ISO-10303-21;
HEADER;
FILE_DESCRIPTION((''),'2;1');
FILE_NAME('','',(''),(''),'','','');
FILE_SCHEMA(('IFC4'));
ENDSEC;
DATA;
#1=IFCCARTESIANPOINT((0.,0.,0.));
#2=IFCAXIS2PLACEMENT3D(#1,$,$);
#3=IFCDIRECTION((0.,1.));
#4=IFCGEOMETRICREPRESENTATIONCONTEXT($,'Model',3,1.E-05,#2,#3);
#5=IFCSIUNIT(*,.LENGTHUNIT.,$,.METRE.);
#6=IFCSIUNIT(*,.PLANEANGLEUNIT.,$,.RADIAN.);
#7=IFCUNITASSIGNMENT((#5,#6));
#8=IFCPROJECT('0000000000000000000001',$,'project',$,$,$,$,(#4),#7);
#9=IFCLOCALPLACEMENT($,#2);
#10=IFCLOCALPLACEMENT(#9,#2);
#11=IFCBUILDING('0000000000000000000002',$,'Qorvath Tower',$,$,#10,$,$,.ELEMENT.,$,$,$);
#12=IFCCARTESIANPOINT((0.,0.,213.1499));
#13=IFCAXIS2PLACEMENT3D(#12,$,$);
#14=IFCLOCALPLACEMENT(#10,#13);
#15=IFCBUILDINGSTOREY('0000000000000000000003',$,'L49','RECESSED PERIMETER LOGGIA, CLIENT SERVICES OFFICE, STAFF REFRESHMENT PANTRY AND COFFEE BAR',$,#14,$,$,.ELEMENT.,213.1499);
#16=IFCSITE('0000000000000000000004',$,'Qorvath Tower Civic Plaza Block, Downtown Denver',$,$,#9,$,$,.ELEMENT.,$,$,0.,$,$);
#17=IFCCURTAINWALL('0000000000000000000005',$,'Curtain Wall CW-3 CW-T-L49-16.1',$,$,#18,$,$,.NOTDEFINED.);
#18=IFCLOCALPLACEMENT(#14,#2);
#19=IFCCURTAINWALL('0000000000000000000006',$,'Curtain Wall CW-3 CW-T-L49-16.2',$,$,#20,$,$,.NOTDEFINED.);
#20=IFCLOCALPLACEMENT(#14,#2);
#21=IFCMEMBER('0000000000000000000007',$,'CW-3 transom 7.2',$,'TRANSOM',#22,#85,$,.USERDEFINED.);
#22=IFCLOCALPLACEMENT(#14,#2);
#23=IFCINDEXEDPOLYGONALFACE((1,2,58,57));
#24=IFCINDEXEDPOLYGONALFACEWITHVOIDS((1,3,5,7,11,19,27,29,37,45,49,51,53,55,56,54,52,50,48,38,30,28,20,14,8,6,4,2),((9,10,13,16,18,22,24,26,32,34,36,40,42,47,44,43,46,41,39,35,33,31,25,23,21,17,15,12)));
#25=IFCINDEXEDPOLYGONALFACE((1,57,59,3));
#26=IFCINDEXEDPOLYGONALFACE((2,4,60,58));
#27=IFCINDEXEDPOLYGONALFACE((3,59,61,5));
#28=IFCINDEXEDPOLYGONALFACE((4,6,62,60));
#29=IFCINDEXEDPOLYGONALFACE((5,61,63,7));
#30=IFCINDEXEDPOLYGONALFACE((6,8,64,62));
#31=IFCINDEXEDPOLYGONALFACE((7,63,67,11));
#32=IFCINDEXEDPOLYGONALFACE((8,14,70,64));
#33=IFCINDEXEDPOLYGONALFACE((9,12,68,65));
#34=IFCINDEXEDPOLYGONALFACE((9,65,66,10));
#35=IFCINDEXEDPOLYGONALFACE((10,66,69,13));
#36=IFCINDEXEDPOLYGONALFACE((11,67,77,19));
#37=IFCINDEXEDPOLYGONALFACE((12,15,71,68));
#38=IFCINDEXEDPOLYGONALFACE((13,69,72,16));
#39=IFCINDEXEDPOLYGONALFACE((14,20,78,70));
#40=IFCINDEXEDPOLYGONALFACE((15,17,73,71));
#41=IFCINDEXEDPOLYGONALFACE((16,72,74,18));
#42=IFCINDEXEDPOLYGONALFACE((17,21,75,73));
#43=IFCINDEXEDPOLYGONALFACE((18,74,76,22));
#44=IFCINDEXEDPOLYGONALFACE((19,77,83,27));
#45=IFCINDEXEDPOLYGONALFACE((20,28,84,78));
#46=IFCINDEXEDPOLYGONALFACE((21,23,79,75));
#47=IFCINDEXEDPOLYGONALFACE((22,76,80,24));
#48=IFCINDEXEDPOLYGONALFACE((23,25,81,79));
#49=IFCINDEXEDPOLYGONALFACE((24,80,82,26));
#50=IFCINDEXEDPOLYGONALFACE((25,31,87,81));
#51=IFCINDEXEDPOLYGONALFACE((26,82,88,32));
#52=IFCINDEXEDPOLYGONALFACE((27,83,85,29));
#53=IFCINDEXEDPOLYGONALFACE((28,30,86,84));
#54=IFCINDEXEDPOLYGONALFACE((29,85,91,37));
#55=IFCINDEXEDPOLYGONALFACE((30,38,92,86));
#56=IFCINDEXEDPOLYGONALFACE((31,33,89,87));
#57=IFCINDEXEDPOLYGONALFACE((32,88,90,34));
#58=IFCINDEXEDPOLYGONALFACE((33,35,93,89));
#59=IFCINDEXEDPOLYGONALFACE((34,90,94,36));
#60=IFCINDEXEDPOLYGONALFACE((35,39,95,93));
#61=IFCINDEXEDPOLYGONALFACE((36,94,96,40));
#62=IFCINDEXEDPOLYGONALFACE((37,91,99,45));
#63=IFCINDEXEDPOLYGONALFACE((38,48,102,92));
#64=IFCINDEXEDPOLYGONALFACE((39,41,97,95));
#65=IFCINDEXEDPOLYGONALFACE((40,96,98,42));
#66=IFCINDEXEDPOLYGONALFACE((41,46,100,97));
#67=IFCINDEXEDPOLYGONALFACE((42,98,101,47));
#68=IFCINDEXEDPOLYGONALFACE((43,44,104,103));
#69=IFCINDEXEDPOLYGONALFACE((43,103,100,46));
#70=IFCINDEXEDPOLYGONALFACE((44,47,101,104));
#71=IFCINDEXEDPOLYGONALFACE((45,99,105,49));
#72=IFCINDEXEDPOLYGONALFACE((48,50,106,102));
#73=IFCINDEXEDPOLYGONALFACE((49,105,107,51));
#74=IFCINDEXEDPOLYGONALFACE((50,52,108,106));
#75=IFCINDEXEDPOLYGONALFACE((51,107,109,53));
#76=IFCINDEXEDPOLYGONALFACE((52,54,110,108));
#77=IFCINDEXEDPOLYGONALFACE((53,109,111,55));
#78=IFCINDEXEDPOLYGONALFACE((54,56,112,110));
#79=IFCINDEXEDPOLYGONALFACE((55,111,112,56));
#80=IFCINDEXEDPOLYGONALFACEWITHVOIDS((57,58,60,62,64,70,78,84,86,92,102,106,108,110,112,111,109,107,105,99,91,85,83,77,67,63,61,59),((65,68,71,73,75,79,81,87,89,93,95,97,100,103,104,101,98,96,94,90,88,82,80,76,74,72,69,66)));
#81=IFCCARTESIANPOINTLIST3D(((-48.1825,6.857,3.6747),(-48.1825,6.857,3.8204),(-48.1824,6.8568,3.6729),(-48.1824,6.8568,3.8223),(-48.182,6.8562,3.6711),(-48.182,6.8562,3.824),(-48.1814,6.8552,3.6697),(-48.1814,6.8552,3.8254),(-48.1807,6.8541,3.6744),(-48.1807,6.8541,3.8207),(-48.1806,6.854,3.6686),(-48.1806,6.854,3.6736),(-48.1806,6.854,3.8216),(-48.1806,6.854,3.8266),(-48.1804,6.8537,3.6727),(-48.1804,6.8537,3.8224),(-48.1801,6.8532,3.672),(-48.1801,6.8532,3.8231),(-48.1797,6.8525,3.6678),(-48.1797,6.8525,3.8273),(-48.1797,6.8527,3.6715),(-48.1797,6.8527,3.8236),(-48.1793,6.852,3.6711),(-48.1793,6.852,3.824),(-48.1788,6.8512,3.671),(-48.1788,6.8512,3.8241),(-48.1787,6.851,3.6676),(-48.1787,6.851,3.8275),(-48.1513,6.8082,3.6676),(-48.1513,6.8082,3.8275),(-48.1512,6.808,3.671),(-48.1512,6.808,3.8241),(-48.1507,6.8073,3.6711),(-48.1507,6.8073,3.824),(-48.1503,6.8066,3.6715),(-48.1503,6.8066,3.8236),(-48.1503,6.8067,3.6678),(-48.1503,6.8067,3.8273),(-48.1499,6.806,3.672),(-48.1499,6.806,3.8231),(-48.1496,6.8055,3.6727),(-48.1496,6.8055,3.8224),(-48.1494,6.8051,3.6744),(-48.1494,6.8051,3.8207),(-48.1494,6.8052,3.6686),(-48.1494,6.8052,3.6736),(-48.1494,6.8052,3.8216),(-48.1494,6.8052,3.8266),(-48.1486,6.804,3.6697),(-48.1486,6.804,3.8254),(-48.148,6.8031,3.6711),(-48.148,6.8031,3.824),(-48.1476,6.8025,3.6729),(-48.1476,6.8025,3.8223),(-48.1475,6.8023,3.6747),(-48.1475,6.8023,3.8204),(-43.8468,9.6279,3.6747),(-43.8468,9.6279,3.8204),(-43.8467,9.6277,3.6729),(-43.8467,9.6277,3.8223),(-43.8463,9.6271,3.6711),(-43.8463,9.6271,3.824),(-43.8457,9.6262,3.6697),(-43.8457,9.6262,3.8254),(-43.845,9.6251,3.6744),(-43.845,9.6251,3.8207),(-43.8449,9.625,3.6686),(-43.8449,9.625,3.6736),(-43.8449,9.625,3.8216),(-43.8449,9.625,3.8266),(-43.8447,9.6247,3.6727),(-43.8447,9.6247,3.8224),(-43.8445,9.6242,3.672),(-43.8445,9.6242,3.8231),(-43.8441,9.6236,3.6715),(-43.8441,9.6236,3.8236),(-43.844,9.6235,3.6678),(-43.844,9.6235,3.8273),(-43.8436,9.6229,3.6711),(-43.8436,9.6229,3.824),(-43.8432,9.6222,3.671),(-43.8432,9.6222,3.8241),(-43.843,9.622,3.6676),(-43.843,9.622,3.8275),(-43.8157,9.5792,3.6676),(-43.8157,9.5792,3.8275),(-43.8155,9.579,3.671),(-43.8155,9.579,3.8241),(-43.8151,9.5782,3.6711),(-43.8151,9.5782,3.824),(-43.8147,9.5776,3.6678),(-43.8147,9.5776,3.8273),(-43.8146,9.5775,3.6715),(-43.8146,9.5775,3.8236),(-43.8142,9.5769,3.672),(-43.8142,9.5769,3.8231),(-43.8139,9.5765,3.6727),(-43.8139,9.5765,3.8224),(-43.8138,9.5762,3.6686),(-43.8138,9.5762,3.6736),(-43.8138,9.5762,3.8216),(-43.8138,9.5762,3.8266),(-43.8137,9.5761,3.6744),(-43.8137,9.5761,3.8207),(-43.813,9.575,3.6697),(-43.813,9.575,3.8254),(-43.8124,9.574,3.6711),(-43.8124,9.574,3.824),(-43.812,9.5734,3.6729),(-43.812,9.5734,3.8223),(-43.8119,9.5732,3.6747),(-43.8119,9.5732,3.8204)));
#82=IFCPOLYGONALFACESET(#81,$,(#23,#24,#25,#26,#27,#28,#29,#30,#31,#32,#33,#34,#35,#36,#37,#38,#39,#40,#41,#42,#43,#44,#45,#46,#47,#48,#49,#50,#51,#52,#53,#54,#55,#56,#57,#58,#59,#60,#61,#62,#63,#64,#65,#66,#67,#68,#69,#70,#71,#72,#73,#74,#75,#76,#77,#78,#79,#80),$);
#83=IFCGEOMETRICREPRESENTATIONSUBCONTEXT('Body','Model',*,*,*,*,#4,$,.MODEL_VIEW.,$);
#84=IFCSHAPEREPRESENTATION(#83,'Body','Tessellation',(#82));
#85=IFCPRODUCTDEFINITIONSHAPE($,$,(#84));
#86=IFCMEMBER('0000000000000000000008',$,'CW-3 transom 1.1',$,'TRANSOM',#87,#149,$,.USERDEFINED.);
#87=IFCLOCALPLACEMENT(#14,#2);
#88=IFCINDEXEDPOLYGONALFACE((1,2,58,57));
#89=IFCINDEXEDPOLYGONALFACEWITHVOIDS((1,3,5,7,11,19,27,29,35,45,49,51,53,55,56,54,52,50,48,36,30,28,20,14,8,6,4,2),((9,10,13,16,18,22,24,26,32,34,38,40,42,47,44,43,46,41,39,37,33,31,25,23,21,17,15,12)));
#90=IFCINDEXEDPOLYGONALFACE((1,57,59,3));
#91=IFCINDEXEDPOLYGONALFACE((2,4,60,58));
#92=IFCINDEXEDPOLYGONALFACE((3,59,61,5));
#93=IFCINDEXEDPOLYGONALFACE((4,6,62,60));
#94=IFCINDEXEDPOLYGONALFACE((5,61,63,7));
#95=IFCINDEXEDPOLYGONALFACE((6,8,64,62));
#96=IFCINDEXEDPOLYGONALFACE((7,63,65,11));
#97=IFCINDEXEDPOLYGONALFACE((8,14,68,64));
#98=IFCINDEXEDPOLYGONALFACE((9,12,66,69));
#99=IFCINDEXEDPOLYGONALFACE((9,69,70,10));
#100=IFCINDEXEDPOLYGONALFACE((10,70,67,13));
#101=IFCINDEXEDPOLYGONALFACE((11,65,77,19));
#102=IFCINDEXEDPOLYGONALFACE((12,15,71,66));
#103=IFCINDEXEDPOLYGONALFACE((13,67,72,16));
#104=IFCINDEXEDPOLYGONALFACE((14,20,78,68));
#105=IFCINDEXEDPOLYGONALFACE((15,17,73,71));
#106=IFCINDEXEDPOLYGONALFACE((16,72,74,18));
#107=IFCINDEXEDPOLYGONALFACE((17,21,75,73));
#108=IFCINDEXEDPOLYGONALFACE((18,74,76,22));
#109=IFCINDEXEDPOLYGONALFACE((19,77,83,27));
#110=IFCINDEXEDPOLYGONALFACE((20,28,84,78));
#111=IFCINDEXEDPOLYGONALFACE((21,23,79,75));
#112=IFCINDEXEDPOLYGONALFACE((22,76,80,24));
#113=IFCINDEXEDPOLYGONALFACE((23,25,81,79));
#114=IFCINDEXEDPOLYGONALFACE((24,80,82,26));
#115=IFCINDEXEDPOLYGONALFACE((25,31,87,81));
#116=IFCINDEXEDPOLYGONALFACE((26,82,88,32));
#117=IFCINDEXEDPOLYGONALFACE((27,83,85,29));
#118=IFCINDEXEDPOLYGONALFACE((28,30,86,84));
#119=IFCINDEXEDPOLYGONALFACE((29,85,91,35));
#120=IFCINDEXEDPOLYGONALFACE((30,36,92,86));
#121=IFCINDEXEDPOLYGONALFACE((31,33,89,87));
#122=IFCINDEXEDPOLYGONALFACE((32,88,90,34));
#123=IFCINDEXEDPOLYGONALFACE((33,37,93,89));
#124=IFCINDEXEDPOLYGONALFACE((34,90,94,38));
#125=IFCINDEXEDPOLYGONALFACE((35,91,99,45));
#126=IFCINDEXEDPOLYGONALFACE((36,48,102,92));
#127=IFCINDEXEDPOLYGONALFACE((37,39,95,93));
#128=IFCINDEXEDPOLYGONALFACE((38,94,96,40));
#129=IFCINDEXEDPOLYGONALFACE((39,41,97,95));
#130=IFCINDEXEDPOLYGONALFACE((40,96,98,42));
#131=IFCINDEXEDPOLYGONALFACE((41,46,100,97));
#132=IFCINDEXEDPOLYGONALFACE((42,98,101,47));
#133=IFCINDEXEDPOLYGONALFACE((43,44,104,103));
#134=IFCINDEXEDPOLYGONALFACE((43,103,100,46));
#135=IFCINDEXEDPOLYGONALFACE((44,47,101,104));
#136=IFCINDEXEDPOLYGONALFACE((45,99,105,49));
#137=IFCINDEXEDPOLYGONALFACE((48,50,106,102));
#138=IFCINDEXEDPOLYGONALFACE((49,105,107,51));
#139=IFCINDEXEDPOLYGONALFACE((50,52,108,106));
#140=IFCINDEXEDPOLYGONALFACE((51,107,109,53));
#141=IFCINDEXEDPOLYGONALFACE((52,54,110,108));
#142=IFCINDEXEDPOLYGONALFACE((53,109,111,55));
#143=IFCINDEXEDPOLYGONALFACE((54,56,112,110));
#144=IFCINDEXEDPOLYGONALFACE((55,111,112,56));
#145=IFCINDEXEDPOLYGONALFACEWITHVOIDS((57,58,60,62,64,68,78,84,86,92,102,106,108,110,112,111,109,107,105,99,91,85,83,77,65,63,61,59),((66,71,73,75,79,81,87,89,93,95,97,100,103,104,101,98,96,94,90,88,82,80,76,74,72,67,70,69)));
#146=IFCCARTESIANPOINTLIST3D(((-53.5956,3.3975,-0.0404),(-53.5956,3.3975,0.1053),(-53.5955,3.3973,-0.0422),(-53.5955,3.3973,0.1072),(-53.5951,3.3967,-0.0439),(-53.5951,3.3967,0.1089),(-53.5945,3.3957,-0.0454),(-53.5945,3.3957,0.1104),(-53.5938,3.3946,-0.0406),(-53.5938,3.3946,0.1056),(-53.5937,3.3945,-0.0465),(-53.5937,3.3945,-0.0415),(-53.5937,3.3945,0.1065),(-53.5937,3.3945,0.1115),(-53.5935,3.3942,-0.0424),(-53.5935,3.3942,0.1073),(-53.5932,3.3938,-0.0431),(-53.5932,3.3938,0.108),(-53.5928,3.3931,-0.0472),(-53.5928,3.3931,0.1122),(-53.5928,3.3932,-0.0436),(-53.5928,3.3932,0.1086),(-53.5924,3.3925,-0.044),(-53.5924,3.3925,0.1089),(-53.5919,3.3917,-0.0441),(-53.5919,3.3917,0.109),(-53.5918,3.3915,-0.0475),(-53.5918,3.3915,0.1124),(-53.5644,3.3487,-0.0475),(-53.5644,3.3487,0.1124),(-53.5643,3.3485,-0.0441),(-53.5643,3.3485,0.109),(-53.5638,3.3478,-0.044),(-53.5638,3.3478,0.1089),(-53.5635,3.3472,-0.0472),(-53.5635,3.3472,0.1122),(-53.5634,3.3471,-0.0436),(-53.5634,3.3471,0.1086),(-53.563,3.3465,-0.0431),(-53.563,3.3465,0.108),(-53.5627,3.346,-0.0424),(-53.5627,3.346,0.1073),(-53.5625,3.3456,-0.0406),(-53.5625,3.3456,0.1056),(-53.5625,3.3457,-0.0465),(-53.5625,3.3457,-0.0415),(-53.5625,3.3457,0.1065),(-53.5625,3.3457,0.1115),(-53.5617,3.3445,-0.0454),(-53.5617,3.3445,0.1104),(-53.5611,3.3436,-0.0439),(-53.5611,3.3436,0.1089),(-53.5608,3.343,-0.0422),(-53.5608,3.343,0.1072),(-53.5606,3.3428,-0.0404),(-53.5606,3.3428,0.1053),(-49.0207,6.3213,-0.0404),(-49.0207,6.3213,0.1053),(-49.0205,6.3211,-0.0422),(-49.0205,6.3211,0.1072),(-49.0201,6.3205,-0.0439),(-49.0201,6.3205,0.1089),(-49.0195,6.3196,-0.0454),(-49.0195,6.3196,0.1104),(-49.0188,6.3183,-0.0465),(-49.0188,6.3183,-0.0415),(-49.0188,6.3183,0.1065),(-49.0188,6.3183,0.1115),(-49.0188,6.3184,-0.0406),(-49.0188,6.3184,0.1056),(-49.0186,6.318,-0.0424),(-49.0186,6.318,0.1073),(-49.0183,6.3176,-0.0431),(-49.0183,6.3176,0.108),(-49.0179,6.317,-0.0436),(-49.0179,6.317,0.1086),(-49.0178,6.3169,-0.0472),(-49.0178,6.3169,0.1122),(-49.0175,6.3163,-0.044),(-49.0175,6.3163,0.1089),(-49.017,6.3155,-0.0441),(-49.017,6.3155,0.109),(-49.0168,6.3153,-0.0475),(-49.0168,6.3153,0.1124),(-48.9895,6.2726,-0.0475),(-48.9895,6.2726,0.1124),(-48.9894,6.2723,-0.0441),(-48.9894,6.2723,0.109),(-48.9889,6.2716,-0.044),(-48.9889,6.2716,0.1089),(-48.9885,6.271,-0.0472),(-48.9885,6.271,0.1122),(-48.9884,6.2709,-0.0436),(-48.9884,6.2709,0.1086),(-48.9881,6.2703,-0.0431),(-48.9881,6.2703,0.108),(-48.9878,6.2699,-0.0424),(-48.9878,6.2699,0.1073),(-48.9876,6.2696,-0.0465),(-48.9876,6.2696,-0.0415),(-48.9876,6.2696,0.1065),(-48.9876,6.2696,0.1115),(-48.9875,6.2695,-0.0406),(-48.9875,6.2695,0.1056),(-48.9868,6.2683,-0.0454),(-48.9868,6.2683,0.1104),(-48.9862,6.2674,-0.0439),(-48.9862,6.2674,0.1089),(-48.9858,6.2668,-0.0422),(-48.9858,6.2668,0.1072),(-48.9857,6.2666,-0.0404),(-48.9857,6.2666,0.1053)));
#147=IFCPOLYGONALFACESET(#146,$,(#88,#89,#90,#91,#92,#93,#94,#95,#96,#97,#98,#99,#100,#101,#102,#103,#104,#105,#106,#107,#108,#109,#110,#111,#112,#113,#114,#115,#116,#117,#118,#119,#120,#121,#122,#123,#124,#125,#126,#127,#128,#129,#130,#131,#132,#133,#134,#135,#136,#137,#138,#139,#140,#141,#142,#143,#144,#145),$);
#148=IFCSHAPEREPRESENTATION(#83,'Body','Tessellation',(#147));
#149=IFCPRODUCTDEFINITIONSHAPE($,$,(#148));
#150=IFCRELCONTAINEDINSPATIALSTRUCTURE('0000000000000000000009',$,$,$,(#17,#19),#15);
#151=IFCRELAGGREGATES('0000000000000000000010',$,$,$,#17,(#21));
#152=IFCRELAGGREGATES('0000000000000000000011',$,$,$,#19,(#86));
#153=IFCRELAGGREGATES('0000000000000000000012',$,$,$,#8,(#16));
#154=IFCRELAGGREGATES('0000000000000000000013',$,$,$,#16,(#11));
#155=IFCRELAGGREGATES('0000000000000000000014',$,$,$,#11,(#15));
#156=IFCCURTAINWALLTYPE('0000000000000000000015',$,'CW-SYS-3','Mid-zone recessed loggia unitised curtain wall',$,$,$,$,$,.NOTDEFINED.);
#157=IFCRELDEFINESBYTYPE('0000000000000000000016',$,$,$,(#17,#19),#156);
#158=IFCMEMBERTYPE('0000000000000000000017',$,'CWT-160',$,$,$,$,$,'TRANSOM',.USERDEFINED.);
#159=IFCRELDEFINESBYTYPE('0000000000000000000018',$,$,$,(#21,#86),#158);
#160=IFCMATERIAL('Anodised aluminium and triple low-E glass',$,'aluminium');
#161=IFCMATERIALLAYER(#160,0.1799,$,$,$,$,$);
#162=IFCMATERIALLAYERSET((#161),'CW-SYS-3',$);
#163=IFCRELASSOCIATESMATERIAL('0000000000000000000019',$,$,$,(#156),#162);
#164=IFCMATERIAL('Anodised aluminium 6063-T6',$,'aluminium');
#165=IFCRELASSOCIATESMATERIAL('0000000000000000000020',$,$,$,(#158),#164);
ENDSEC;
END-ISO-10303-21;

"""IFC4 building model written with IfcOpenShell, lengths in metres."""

from ifc_helpers import new_model, si_unit, direction, frame, origin, origin_2d, place, context, subcontext, project, spatial, hollow_rectangle, extrude, material, layer, layer_set, material_profile, profile_set, type_object, element, aggregate, save


model = new_model("IFC4")

# Units and contexts
model_context = context("Model", 3, precision=1e-05, world=origin(), true_north=direction((0.0, 1.0)))
body_context = subcontext(model_context, "Body", "Model", "MODEL_VIEW")
ifc_project = project(units=[si_unit("LENGTHUNIT", "METRE"), si_unit("PLANEANGLEUNIT", "RADIAN")], contexts=[model_context])

# Site, building, storey
site_placement = place(None, origin())
site = spatial("IfcSite", under=ifc_project, at=site_placement, Name="Qorvath Tower Civic Plaza Block, Downtown Denver", CompositionType="ELEMENT", RefElevation=0.0)
building_placement = place(site_placement, origin())
building = spatial("IfcBuilding", under=site, at=building_placement, Name="Qorvath Tower", CompositionType="ELEMENT")
storey_placement = place(building_placement, frame((0.0, 0.0, 213.1499)))
storey = spatial("IfcBuildingStorey", under=building, at=storey_placement, Name="L49", Description="RECESSED PERIMETER LOGGIA, CLIENT SERVICES OFFICE, STAFF REFRESHMENT PANTRY AND COFFEE BAR", CompositionType="ELEMENT", Elevation=213.1499)

# Curtain walls
ifc_material_1 = material(Name="Anodised aluminium and triple low-E glass", Category="aluminium")
ifc_layer_1 = layer(ifc_material_1, 0.1799)
ifc_layer_set_1 = layer_set([ifc_layer_1], Name="CW-SYS-3")
curtain_wall_type = type_object("IfcCurtainWallType", Name="CW-SYS-3", Description="Mid-zone recessed loggia unitised curtain wall", PredefinedType="NOTDEFINED", material=ifc_layer_set_1)
curtain_wall_1_placement = place(storey_placement, origin())
curtain_wall_1 = element("IfcCurtainWall", 1, at=curtain_wall_1_placement, inside=storey, type_object=curtain_wall_type, Name="Curtain Wall CW-3 CW-T-L49-16.1", PredefinedType="NOTDEFINED")
curtain_wall_2_placement = place(storey_placement, origin())
curtain_wall_2 = element("IfcCurtainWall", 2, at=curtain_wall_2_placement, inside=storey, type_object=curtain_wall_type, Name="Curtain Wall CW-3 CW-T-L49-16.2", PredefinedType="NOTDEFINED")

# Members
ifc_material_2 = material(Name="Anodised aluminium 6063-T6", Category="aluminium")
ifc_material_profile_1 = material_profile(ifc_material_2, hollow_rectangle(XDim=0.0649, YDim=0.1599, WallThickness=0.0034, InnerFilletRadius=0.0034, OuterFilletRadius=0.0071, at=origin_2d()), Name="CWT 160x65")
ifc_profile_set_1 = profile_set([ifc_material_profile_1], Name="Anodised aluminium 6063-T6")
member_type_1 = type_object("IfcMemberType", Name="CWT-160", ElementType="TRANSOM", PredefinedType="USERDEFINED", material=ifc_profile_set_1)
member_1_placement = place(storey_placement, frame((-43.8293, 9.6006, 3.7476), z_axis=(-0.842611, -0.538523, 0.0), x_axis=(0.538523, -0.842611, 0.0)))
member_1 = element("IfcMember", 3, at=member_1_placement, type_object=member_type_1, Name="CW-3 transom 7.2", ObjectType="TRANSOM", PredefinedType="USERDEFINED", context=body_context, shape_type="SweptSolid", body=[
    extrude(hollow_rectangle(XDim=0.0649, YDim=0.1599, WallThickness=0.0034, InnerFilletRadius=0.0034, OuterFilletRadius=0.0071, at=origin_2d()), origin(), (0.0, 0.0, 1.0), 5.1455),
])
member_2_placement = place(storey_placement, frame((-49.0032, 6.2939, 0.0325), z_axis=(-0.842617, -0.538513, 0.0), x_axis=(0.538513, -0.842617, 0.0)))
member_2 = element("IfcMember", 4, at=member_2_placement, type_object=member_type_1, Name="CW-3 transom 1.1", ObjectType="TRANSOM", PredefinedType="USERDEFINED", context=body_context, shape_type="SweptSolid", body=[
    extrude(hollow_rectangle(XDim=0.0649, YDim=0.1599, WallThickness=0.0034, InnerFilletRadius=0.0034, OuterFilletRadius=0.0071, at=origin_2d()), origin(), (0.0, 0.0, 1.0), 5.4294),
])

aggregate(curtain_wall_1, [member_1])
aggregate(curtain_wall_2, [member_2])

save(model, "model.ifc")
